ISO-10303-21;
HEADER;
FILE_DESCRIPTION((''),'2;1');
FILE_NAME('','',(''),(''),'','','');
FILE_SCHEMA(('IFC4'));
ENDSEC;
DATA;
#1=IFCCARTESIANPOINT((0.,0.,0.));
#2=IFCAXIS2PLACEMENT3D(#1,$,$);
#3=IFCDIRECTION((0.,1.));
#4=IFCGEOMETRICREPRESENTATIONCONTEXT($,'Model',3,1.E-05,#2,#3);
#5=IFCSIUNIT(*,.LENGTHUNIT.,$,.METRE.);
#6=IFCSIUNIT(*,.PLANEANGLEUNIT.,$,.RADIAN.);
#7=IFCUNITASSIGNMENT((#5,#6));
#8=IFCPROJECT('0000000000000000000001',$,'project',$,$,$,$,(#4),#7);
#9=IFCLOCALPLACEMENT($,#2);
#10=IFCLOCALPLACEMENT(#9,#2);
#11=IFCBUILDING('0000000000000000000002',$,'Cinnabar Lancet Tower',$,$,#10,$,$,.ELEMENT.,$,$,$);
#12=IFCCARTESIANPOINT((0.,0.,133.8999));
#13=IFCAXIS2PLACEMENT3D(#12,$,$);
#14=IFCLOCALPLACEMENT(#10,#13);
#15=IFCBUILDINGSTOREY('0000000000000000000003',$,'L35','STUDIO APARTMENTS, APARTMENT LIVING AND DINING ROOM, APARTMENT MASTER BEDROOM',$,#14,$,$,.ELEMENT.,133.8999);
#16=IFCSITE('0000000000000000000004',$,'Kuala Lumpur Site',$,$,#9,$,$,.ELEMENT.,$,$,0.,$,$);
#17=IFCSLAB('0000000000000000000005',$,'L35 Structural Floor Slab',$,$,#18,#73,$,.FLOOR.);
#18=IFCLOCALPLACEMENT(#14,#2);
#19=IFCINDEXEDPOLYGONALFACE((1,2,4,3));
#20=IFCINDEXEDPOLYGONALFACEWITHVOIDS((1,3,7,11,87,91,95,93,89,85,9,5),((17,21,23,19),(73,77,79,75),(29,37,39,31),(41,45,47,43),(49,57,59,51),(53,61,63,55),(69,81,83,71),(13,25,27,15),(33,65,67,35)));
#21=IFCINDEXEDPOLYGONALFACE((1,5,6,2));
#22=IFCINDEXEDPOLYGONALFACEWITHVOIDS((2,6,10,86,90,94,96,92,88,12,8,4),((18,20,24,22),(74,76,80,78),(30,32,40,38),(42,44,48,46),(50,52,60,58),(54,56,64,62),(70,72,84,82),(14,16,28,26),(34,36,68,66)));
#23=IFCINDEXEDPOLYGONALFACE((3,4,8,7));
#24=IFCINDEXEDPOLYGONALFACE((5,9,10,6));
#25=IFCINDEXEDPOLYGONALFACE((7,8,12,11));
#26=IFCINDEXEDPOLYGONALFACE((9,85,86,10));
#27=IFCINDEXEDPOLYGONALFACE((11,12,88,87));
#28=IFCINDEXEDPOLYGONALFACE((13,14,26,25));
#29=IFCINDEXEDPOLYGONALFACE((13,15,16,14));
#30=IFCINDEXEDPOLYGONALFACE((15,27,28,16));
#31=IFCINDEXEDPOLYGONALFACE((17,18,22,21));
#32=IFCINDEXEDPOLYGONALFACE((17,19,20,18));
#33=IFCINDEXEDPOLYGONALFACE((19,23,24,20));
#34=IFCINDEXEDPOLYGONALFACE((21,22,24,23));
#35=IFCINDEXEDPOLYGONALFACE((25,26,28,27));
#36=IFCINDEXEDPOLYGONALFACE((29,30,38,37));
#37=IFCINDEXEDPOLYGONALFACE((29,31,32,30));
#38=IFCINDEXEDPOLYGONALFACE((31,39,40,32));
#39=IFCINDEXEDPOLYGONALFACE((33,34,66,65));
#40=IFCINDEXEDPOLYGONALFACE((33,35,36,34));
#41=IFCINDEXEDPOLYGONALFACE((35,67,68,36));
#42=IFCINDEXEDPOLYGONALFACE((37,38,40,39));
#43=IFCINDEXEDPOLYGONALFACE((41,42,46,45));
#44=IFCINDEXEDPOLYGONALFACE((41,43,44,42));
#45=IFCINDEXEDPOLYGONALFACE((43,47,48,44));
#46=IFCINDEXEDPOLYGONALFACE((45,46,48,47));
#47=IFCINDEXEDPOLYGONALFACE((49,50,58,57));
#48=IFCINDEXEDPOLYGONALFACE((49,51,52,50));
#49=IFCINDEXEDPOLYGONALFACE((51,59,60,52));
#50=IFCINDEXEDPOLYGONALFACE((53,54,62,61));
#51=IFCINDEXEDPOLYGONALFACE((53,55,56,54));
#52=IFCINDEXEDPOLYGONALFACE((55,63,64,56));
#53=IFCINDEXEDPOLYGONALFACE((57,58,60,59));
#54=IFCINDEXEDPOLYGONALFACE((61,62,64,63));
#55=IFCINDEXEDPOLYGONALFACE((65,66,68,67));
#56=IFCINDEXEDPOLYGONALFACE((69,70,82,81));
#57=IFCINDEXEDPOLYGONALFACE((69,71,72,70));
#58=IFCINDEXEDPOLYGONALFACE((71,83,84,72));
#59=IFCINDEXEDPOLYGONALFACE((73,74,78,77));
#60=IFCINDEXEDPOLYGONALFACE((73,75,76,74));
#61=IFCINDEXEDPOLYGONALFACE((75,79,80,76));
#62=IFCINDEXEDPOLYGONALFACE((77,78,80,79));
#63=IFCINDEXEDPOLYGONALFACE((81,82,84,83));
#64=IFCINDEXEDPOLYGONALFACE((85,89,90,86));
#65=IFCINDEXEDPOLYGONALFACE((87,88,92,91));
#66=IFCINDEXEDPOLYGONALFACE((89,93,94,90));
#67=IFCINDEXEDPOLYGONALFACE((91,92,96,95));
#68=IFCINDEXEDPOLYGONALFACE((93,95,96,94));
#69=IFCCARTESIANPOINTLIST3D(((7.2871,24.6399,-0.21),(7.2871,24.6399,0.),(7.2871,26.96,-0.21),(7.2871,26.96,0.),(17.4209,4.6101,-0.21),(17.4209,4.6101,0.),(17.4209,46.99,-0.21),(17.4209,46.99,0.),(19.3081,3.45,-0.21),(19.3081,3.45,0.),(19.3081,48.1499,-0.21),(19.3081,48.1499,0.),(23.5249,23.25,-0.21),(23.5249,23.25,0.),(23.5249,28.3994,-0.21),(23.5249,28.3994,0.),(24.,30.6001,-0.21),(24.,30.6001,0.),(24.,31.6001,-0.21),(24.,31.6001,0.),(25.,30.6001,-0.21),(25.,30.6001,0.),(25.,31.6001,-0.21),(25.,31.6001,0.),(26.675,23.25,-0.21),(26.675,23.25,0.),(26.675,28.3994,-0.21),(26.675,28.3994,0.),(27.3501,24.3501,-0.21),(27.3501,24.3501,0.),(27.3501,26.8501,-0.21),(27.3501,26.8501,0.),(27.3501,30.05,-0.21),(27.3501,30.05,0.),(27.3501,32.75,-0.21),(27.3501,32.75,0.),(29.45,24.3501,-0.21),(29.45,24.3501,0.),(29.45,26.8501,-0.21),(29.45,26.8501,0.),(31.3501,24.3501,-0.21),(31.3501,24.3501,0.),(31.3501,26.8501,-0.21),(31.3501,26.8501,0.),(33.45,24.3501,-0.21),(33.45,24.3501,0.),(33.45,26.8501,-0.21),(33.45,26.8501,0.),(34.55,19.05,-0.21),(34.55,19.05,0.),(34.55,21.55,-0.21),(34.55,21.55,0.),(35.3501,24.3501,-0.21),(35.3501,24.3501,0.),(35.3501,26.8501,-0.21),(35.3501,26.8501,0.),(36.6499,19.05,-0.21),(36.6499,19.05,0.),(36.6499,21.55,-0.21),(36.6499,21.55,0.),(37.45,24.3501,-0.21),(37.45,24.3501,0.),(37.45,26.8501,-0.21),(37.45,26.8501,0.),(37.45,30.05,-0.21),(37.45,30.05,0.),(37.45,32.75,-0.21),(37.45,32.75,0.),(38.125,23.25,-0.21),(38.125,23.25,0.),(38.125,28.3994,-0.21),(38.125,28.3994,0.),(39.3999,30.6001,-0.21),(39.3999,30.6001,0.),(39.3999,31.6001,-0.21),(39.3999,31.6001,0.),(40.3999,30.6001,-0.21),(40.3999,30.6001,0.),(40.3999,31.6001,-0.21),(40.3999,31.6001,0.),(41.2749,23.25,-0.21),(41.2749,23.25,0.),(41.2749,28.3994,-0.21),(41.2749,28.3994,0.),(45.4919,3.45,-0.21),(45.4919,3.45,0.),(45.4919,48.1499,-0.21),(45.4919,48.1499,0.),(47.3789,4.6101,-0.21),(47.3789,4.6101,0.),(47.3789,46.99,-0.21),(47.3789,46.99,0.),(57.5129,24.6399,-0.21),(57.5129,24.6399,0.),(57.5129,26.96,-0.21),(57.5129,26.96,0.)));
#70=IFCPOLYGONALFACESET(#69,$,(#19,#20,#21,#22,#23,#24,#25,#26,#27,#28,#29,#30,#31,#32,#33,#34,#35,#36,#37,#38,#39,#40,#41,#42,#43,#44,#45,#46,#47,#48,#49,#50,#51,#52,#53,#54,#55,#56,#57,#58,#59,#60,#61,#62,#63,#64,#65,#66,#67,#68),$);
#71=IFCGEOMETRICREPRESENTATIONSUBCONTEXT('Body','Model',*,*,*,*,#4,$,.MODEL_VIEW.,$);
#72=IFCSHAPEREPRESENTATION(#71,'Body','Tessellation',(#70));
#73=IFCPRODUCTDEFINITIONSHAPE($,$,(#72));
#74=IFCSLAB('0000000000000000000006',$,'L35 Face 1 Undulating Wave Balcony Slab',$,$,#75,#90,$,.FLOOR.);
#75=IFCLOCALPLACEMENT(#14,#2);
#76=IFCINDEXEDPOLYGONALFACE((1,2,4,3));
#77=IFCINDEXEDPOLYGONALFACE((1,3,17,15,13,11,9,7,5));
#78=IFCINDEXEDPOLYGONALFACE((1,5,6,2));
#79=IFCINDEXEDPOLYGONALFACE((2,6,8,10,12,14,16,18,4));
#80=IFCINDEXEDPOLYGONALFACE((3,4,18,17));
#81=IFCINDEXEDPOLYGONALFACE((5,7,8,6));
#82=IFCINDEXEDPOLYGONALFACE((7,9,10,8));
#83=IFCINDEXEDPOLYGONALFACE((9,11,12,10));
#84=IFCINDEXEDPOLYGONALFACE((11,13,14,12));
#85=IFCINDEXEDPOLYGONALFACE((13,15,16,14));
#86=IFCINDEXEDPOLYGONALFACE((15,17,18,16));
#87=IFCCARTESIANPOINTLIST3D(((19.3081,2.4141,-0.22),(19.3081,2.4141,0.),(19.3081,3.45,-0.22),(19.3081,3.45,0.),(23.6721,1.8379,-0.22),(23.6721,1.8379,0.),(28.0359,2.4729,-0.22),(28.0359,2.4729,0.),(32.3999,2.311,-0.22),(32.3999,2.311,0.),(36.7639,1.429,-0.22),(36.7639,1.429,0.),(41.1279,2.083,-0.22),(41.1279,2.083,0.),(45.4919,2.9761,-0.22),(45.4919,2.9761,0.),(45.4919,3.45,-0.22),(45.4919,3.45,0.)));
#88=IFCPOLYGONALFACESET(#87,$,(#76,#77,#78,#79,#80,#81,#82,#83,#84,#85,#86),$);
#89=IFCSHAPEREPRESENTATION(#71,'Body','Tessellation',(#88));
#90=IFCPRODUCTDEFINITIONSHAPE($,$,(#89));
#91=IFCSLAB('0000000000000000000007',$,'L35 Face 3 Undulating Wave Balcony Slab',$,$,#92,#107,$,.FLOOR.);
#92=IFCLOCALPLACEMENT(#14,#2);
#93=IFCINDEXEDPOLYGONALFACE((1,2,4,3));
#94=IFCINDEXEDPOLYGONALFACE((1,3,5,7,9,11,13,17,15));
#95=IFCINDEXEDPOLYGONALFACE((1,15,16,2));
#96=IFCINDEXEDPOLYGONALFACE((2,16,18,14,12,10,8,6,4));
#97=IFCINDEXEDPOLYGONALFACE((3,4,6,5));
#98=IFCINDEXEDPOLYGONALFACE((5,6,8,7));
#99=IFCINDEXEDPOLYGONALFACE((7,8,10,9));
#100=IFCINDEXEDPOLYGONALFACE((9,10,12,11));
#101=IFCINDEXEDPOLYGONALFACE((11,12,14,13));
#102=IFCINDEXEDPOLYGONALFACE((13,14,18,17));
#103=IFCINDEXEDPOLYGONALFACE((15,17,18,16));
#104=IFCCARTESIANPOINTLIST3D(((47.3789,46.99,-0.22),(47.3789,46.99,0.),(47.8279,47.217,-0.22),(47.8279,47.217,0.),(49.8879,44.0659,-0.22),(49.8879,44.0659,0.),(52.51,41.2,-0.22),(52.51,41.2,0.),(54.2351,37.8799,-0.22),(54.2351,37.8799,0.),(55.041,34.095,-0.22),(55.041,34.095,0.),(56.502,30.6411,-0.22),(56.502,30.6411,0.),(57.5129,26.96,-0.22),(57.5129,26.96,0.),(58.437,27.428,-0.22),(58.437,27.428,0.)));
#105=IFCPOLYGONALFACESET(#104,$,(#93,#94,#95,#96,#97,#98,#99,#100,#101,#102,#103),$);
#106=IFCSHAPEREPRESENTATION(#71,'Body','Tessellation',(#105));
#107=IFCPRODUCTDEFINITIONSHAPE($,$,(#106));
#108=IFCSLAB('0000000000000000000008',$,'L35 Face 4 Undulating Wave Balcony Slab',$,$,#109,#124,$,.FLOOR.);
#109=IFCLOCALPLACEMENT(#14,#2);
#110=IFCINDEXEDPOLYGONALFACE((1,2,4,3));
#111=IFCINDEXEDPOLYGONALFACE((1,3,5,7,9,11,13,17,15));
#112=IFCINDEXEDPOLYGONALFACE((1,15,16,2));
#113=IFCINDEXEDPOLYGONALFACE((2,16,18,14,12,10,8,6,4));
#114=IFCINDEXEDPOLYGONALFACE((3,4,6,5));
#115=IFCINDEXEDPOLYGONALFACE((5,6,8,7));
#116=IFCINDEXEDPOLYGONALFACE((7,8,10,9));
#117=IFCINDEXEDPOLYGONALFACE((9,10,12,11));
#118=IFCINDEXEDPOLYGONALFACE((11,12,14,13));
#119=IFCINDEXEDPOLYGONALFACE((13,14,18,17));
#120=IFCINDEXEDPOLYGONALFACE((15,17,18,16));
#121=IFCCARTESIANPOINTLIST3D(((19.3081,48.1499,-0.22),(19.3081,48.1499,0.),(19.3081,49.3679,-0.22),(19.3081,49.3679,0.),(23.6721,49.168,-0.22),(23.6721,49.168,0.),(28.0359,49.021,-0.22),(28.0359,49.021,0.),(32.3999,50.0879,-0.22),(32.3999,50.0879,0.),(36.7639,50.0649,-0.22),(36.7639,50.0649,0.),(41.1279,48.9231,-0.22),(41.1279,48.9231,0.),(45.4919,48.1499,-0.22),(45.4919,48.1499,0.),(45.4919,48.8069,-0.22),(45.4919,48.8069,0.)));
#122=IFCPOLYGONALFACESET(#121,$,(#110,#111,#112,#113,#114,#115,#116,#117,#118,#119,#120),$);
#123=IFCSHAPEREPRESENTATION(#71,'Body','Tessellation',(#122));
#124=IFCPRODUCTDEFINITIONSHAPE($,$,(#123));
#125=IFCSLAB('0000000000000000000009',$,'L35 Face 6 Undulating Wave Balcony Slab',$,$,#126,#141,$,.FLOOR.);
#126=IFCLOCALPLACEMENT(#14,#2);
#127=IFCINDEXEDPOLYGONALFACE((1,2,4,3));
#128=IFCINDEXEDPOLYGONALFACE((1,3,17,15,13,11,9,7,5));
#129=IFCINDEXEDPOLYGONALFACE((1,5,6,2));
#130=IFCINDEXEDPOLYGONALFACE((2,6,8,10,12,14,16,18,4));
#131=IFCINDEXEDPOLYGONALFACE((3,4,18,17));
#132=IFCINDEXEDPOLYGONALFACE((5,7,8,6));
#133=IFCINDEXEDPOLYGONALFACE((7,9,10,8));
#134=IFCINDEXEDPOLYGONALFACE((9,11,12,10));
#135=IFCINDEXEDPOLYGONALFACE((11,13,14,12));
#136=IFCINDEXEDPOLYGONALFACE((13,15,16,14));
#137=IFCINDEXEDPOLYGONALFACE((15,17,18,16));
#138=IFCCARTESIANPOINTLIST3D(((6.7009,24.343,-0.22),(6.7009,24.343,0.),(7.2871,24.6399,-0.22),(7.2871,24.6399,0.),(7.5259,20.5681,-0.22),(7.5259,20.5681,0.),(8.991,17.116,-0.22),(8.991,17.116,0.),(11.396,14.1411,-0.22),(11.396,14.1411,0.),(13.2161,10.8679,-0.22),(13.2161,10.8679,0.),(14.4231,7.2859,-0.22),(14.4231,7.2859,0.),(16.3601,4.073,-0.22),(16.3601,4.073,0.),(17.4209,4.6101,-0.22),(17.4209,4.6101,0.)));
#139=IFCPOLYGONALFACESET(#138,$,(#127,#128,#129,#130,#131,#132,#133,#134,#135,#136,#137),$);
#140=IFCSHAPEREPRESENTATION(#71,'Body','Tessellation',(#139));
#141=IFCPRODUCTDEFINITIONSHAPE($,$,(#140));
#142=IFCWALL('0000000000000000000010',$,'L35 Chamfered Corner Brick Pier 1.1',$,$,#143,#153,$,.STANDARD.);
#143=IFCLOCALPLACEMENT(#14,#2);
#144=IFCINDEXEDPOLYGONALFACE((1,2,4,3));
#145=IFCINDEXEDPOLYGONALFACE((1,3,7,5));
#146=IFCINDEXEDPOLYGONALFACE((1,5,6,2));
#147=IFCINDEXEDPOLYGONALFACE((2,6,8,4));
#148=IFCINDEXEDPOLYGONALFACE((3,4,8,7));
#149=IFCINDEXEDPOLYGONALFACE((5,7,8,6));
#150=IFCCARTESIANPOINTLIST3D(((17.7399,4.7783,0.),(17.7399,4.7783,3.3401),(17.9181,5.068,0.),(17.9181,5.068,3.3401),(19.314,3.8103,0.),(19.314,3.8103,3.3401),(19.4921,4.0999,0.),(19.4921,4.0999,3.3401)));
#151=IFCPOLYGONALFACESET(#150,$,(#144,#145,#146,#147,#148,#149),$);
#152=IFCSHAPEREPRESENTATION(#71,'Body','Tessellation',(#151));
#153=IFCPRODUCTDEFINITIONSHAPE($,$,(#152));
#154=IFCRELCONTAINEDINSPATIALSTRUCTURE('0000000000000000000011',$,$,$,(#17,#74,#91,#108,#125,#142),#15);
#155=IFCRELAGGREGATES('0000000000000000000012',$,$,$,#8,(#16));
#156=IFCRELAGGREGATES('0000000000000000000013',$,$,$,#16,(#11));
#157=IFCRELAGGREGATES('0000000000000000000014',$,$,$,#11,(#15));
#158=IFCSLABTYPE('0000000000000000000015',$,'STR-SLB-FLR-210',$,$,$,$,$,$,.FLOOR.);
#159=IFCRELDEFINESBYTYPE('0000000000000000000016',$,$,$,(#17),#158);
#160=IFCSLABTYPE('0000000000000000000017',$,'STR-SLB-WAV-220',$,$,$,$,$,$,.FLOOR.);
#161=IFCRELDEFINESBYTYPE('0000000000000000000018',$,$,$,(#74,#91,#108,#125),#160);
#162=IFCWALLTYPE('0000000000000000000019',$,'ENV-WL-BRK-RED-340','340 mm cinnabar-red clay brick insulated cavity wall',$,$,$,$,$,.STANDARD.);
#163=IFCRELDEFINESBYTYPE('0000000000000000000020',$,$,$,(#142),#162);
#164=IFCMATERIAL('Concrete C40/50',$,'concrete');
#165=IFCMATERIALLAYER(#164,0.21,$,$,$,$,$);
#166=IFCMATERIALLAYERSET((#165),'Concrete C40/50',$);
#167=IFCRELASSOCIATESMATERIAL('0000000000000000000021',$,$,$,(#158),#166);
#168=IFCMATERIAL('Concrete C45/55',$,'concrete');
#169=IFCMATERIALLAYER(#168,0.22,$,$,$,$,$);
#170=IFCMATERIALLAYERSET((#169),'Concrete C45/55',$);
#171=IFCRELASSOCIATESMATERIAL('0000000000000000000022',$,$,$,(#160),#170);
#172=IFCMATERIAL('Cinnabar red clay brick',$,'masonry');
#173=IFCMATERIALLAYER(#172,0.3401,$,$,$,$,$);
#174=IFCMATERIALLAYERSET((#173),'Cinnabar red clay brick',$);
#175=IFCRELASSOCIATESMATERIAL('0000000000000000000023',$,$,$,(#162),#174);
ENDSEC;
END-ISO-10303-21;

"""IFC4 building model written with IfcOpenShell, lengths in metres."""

from ifc_helpers import new_model, si_unit, direction, frame, frame_2d, origin, place, context, subcontext, project, spatial, polyline, rectangle, outline, extrude, material, layer, layer_set, type_object, element, save


model = new_model("IFC4")

# Units and contexts
model_context = context("Model", 3, precision=1e-05, world=origin(), true_north=direction((0.0, 1.0)))
body_context = subcontext(model_context, "Body", "Model", "MODEL_VIEW")
ifc_project = project(units=[si_unit("LENGTHUNIT", "METRE"), si_unit("PLANEANGLEUNIT", "RADIAN")], contexts=[model_context])

# Site, building, storey
site_placement = place(None, origin())
site = spatial("IfcSite", under=ifc_project, at=site_placement, Name="Kuala Lumpur Site", CompositionType="ELEMENT", RefElevation=0.0)
building_placement = place(site_placement, origin())
building = spatial("IfcBuilding", under=site, at=building_placement, Name="Cinnabar Lancet Tower", CompositionType="ELEMENT")
storey_placement = place(building_placement, frame((0.0, 0.0, 133.8999)))
storey = spatial("IfcBuildingStorey", under=building, at=storey_placement, Name="L35", Description="STUDIO APARTMENTS, APARTMENT LIVING AND DINING ROOM, APARTMENT MASTER BEDROOM", CompositionType="ELEMENT", Elevation=133.8999)

# Slabs
ifc_material_1 = material(Name="Concrete C40/50", Category="concrete")
ifc_layer_1 = layer(ifc_material_1, 0.21)
ifc_layer_set_1 = layer_set([ifc_layer_1], Name="Concrete C40/50")
slab_type_1 = type_object("IfcSlabType", Name="STR-SLB-FLR-210", PredefinedType="FLOOR", material=ifc_layer_set_1)
slab_1_placement = place(storey_placement, frame((0.0, 0.0, -0.21)))
element("IfcSlab", 1, at=slab_1_placement, inside=storey, type_object=slab_type_1, Name="L35 Structural Floor Slab", PredefinedType="FLOOR", context=body_context, shape_type="SweptSolid", body=[
    extrude(outline(polyline([(17.4209, 4.6101), (19.3081, 3.45), (45.4919, 3.45), (47.3789, 4.6101), (57.5129, 24.6399), (57.5129, 26.96), (47.3789, 46.99), (45.4919, 48.1499), (19.3081, 48.1499), (17.4209, 46.99), (7.2871, 26.96), (7.2871, 24.6399), (17.4209, 4.6101)]), holes=[polyline([(23.5249, 23.25), (26.675, 23.25), (26.675, 28.3994), (23.5249, 28.3994), (23.5249, 23.25)]), polyline([(38.125, 23.25), (41.2749, 23.25), (41.2749, 28.3994), (38.125, 28.3994), (38.125, 23.25)]), polyline([(27.3501, 30.05), (37.45, 30.05), (37.45, 32.75), (27.3501, 32.75), (27.3501, 30.05)]), polyline([(34.55, 19.05), (36.6499, 19.05), (36.6499, 21.55), (34.55, 21.55), (34.55, 19.05)]), polyline([(27.3501, 24.3501), (29.45, 24.3501), (29.45, 26.8501), (27.3501, 26.8501), (27.3501, 24.3501)]), polyline([(35.3501, 24.3501), (37.45, 24.3501), (37.45, 26.8501), (35.3501, 26.8501), (35.3501, 24.3501)]), polyline([(31.3501, 24.3501), (33.45, 24.3501), (33.45, 26.8501), (31.3501, 26.8501), (31.3501, 24.3501)]), polyline([(24.0, 30.6001), (25.0, 30.6001), (25.0, 31.6001), (24.0, 31.6001), (24.0, 30.6001)]), polyline([(39.3999, 30.6001), (40.3999, 30.6001), (40.3999, 31.6001), (39.3999, 31.6001), (39.3999, 30.6001)])]), origin(), (0.0, 0.0, 1.0), 0.21),
])
ifc_material_2 = material(Name="Concrete C45/55", Category="concrete")
ifc_layer_2 = layer(ifc_material_2, 0.22)
ifc_layer_set_2 = layer_set([ifc_layer_2], Name="Concrete C45/55")
slab_type_2 = type_object("IfcSlabType", Name="STR-SLB-WAV-220", PredefinedType="FLOOR", material=ifc_layer_set_2)
slab_2_placement = place(storey_placement, frame((0.0, 0.0, -0.22)))
element("IfcSlab", 2, at=slab_2_placement, inside=storey, type_object=slab_type_2, Name="L35 Face 1 Undulating Wave Balcony Slab", PredefinedType="FLOOR", context=body_context, shape_type="SweptSolid", body=[
    extrude(outline(polyline([(19.3081, 3.45), (19.3081, 2.4141), (23.6721, 1.8379), (28.0359, 2.4729), (32.3999, 2.311), (36.7639, 1.429), (41.1279, 2.083), (45.4919, 2.9761), (45.4919, 3.45), (19.3081, 3.45)])), origin(), (0.0, 0.0, 1.0), 0.22),
])
slab_3_placement = place(storey_placement, frame((0.0, 0.0, -0.22)))
element("IfcSlab", 3, at=slab_3_placement, inside=storey, type_object=slab_type_2, Name="L35 Face 3 Undulating Wave Balcony Slab", PredefinedType="FLOOR", context=body_context, shape_type="SweptSolid", body=[
    extrude(outline(polyline([(57.5129, 26.96), (58.437, 27.428), (56.502, 30.6411), (55.041, 34.095), (54.2351, 37.8799), (52.51, 41.2), (49.8879, 44.0659), (47.8279, 47.217), (47.3789, 46.99), (57.5129, 26.96)])), origin(), (0.0, 0.0, 1.0), 0.22),
])
slab_4_placement = place(storey_placement, frame((0.0, 0.0, -0.22)))
element("IfcSlab", 4, at=slab_4_placement, inside=storey, type_object=slab_type_2, Name="L35 Face 4 Undulating Wave Balcony Slab", PredefinedType="FLOOR", context=body_context, shape_type="SweptSolid", body=[
    extrude(outline(polyline([(45.4919, 48.1499), (45.4919, 48.8069), (41.1279, 48.9231), (36.7639, 50.0649), (32.3999, 50.0879), (28.0359, 49.021), (23.6721, 49.168), (19.3081, 49.3679), (19.3081, 48.1499), (45.4919, 48.1499)])), origin(), (0.0, 0.0, 1.0), 0.22),
])
slab_5_placement = place(storey_placement, frame((0.0, 0.0, -0.22)))
element("IfcSlab", 5, at=slab_5_placement, inside=storey, type_object=slab_type_2, Name="L35 Face 6 Undulating Wave Balcony Slab", PredefinedType="FLOOR", context=body_context, shape_type="SweptSolid", body=[
    extrude(outline(polyline([(7.2871, 24.6399), (6.7009, 24.343), (7.5259, 20.5681), (8.991, 17.116), (11.396, 14.1411), (13.2161, 10.8679), (14.4231, 7.2859), (16.3601, 4.073), (17.4209, 4.6101), (7.2871, 24.6399)])), origin(), (0.0, 0.0, 1.0), 0.22),
])

# Wall
ifc_material_3 = material(Name="Cinnabar red clay brick", Category="masonry")
ifc_layer_3 = layer(ifc_material_3, 0.3401)
ifc_layer_set_3 = layer_set([ifc_layer_3], Name="Cinnabar red clay brick")
wall_type = type_object("IfcWallType", Name="ENV-WL-BRK-RED-340", Description="340 mm cinnabar-red clay brick insulated cavity wall", PredefinedType="STANDARD", material=ifc_layer_set_3)
wall_1_placement = place(storey_placement, frame((17.8291, 4.9231, 0.0), z_axis=(0.0, 0.0, 1.0), x_axis=(0.851799, -0.523869, 0.0)))
element("IfcWall", 6, at=wall_1_placement, inside=storey, type_object=wall_type, Name="L35 Chamfered Corner Brick Pier 1.1", PredefinedType="STANDARD", context=body_context, shape_type="SweptSolid", body=[
    extrude(rectangle(XDim=1.8479, YDim=0.3401, at=frame_2d((0.9238, 0.0))), origin(), (0.0, 0.0, 1.0), 3.3401),
])

save(model, "model.ifc")
